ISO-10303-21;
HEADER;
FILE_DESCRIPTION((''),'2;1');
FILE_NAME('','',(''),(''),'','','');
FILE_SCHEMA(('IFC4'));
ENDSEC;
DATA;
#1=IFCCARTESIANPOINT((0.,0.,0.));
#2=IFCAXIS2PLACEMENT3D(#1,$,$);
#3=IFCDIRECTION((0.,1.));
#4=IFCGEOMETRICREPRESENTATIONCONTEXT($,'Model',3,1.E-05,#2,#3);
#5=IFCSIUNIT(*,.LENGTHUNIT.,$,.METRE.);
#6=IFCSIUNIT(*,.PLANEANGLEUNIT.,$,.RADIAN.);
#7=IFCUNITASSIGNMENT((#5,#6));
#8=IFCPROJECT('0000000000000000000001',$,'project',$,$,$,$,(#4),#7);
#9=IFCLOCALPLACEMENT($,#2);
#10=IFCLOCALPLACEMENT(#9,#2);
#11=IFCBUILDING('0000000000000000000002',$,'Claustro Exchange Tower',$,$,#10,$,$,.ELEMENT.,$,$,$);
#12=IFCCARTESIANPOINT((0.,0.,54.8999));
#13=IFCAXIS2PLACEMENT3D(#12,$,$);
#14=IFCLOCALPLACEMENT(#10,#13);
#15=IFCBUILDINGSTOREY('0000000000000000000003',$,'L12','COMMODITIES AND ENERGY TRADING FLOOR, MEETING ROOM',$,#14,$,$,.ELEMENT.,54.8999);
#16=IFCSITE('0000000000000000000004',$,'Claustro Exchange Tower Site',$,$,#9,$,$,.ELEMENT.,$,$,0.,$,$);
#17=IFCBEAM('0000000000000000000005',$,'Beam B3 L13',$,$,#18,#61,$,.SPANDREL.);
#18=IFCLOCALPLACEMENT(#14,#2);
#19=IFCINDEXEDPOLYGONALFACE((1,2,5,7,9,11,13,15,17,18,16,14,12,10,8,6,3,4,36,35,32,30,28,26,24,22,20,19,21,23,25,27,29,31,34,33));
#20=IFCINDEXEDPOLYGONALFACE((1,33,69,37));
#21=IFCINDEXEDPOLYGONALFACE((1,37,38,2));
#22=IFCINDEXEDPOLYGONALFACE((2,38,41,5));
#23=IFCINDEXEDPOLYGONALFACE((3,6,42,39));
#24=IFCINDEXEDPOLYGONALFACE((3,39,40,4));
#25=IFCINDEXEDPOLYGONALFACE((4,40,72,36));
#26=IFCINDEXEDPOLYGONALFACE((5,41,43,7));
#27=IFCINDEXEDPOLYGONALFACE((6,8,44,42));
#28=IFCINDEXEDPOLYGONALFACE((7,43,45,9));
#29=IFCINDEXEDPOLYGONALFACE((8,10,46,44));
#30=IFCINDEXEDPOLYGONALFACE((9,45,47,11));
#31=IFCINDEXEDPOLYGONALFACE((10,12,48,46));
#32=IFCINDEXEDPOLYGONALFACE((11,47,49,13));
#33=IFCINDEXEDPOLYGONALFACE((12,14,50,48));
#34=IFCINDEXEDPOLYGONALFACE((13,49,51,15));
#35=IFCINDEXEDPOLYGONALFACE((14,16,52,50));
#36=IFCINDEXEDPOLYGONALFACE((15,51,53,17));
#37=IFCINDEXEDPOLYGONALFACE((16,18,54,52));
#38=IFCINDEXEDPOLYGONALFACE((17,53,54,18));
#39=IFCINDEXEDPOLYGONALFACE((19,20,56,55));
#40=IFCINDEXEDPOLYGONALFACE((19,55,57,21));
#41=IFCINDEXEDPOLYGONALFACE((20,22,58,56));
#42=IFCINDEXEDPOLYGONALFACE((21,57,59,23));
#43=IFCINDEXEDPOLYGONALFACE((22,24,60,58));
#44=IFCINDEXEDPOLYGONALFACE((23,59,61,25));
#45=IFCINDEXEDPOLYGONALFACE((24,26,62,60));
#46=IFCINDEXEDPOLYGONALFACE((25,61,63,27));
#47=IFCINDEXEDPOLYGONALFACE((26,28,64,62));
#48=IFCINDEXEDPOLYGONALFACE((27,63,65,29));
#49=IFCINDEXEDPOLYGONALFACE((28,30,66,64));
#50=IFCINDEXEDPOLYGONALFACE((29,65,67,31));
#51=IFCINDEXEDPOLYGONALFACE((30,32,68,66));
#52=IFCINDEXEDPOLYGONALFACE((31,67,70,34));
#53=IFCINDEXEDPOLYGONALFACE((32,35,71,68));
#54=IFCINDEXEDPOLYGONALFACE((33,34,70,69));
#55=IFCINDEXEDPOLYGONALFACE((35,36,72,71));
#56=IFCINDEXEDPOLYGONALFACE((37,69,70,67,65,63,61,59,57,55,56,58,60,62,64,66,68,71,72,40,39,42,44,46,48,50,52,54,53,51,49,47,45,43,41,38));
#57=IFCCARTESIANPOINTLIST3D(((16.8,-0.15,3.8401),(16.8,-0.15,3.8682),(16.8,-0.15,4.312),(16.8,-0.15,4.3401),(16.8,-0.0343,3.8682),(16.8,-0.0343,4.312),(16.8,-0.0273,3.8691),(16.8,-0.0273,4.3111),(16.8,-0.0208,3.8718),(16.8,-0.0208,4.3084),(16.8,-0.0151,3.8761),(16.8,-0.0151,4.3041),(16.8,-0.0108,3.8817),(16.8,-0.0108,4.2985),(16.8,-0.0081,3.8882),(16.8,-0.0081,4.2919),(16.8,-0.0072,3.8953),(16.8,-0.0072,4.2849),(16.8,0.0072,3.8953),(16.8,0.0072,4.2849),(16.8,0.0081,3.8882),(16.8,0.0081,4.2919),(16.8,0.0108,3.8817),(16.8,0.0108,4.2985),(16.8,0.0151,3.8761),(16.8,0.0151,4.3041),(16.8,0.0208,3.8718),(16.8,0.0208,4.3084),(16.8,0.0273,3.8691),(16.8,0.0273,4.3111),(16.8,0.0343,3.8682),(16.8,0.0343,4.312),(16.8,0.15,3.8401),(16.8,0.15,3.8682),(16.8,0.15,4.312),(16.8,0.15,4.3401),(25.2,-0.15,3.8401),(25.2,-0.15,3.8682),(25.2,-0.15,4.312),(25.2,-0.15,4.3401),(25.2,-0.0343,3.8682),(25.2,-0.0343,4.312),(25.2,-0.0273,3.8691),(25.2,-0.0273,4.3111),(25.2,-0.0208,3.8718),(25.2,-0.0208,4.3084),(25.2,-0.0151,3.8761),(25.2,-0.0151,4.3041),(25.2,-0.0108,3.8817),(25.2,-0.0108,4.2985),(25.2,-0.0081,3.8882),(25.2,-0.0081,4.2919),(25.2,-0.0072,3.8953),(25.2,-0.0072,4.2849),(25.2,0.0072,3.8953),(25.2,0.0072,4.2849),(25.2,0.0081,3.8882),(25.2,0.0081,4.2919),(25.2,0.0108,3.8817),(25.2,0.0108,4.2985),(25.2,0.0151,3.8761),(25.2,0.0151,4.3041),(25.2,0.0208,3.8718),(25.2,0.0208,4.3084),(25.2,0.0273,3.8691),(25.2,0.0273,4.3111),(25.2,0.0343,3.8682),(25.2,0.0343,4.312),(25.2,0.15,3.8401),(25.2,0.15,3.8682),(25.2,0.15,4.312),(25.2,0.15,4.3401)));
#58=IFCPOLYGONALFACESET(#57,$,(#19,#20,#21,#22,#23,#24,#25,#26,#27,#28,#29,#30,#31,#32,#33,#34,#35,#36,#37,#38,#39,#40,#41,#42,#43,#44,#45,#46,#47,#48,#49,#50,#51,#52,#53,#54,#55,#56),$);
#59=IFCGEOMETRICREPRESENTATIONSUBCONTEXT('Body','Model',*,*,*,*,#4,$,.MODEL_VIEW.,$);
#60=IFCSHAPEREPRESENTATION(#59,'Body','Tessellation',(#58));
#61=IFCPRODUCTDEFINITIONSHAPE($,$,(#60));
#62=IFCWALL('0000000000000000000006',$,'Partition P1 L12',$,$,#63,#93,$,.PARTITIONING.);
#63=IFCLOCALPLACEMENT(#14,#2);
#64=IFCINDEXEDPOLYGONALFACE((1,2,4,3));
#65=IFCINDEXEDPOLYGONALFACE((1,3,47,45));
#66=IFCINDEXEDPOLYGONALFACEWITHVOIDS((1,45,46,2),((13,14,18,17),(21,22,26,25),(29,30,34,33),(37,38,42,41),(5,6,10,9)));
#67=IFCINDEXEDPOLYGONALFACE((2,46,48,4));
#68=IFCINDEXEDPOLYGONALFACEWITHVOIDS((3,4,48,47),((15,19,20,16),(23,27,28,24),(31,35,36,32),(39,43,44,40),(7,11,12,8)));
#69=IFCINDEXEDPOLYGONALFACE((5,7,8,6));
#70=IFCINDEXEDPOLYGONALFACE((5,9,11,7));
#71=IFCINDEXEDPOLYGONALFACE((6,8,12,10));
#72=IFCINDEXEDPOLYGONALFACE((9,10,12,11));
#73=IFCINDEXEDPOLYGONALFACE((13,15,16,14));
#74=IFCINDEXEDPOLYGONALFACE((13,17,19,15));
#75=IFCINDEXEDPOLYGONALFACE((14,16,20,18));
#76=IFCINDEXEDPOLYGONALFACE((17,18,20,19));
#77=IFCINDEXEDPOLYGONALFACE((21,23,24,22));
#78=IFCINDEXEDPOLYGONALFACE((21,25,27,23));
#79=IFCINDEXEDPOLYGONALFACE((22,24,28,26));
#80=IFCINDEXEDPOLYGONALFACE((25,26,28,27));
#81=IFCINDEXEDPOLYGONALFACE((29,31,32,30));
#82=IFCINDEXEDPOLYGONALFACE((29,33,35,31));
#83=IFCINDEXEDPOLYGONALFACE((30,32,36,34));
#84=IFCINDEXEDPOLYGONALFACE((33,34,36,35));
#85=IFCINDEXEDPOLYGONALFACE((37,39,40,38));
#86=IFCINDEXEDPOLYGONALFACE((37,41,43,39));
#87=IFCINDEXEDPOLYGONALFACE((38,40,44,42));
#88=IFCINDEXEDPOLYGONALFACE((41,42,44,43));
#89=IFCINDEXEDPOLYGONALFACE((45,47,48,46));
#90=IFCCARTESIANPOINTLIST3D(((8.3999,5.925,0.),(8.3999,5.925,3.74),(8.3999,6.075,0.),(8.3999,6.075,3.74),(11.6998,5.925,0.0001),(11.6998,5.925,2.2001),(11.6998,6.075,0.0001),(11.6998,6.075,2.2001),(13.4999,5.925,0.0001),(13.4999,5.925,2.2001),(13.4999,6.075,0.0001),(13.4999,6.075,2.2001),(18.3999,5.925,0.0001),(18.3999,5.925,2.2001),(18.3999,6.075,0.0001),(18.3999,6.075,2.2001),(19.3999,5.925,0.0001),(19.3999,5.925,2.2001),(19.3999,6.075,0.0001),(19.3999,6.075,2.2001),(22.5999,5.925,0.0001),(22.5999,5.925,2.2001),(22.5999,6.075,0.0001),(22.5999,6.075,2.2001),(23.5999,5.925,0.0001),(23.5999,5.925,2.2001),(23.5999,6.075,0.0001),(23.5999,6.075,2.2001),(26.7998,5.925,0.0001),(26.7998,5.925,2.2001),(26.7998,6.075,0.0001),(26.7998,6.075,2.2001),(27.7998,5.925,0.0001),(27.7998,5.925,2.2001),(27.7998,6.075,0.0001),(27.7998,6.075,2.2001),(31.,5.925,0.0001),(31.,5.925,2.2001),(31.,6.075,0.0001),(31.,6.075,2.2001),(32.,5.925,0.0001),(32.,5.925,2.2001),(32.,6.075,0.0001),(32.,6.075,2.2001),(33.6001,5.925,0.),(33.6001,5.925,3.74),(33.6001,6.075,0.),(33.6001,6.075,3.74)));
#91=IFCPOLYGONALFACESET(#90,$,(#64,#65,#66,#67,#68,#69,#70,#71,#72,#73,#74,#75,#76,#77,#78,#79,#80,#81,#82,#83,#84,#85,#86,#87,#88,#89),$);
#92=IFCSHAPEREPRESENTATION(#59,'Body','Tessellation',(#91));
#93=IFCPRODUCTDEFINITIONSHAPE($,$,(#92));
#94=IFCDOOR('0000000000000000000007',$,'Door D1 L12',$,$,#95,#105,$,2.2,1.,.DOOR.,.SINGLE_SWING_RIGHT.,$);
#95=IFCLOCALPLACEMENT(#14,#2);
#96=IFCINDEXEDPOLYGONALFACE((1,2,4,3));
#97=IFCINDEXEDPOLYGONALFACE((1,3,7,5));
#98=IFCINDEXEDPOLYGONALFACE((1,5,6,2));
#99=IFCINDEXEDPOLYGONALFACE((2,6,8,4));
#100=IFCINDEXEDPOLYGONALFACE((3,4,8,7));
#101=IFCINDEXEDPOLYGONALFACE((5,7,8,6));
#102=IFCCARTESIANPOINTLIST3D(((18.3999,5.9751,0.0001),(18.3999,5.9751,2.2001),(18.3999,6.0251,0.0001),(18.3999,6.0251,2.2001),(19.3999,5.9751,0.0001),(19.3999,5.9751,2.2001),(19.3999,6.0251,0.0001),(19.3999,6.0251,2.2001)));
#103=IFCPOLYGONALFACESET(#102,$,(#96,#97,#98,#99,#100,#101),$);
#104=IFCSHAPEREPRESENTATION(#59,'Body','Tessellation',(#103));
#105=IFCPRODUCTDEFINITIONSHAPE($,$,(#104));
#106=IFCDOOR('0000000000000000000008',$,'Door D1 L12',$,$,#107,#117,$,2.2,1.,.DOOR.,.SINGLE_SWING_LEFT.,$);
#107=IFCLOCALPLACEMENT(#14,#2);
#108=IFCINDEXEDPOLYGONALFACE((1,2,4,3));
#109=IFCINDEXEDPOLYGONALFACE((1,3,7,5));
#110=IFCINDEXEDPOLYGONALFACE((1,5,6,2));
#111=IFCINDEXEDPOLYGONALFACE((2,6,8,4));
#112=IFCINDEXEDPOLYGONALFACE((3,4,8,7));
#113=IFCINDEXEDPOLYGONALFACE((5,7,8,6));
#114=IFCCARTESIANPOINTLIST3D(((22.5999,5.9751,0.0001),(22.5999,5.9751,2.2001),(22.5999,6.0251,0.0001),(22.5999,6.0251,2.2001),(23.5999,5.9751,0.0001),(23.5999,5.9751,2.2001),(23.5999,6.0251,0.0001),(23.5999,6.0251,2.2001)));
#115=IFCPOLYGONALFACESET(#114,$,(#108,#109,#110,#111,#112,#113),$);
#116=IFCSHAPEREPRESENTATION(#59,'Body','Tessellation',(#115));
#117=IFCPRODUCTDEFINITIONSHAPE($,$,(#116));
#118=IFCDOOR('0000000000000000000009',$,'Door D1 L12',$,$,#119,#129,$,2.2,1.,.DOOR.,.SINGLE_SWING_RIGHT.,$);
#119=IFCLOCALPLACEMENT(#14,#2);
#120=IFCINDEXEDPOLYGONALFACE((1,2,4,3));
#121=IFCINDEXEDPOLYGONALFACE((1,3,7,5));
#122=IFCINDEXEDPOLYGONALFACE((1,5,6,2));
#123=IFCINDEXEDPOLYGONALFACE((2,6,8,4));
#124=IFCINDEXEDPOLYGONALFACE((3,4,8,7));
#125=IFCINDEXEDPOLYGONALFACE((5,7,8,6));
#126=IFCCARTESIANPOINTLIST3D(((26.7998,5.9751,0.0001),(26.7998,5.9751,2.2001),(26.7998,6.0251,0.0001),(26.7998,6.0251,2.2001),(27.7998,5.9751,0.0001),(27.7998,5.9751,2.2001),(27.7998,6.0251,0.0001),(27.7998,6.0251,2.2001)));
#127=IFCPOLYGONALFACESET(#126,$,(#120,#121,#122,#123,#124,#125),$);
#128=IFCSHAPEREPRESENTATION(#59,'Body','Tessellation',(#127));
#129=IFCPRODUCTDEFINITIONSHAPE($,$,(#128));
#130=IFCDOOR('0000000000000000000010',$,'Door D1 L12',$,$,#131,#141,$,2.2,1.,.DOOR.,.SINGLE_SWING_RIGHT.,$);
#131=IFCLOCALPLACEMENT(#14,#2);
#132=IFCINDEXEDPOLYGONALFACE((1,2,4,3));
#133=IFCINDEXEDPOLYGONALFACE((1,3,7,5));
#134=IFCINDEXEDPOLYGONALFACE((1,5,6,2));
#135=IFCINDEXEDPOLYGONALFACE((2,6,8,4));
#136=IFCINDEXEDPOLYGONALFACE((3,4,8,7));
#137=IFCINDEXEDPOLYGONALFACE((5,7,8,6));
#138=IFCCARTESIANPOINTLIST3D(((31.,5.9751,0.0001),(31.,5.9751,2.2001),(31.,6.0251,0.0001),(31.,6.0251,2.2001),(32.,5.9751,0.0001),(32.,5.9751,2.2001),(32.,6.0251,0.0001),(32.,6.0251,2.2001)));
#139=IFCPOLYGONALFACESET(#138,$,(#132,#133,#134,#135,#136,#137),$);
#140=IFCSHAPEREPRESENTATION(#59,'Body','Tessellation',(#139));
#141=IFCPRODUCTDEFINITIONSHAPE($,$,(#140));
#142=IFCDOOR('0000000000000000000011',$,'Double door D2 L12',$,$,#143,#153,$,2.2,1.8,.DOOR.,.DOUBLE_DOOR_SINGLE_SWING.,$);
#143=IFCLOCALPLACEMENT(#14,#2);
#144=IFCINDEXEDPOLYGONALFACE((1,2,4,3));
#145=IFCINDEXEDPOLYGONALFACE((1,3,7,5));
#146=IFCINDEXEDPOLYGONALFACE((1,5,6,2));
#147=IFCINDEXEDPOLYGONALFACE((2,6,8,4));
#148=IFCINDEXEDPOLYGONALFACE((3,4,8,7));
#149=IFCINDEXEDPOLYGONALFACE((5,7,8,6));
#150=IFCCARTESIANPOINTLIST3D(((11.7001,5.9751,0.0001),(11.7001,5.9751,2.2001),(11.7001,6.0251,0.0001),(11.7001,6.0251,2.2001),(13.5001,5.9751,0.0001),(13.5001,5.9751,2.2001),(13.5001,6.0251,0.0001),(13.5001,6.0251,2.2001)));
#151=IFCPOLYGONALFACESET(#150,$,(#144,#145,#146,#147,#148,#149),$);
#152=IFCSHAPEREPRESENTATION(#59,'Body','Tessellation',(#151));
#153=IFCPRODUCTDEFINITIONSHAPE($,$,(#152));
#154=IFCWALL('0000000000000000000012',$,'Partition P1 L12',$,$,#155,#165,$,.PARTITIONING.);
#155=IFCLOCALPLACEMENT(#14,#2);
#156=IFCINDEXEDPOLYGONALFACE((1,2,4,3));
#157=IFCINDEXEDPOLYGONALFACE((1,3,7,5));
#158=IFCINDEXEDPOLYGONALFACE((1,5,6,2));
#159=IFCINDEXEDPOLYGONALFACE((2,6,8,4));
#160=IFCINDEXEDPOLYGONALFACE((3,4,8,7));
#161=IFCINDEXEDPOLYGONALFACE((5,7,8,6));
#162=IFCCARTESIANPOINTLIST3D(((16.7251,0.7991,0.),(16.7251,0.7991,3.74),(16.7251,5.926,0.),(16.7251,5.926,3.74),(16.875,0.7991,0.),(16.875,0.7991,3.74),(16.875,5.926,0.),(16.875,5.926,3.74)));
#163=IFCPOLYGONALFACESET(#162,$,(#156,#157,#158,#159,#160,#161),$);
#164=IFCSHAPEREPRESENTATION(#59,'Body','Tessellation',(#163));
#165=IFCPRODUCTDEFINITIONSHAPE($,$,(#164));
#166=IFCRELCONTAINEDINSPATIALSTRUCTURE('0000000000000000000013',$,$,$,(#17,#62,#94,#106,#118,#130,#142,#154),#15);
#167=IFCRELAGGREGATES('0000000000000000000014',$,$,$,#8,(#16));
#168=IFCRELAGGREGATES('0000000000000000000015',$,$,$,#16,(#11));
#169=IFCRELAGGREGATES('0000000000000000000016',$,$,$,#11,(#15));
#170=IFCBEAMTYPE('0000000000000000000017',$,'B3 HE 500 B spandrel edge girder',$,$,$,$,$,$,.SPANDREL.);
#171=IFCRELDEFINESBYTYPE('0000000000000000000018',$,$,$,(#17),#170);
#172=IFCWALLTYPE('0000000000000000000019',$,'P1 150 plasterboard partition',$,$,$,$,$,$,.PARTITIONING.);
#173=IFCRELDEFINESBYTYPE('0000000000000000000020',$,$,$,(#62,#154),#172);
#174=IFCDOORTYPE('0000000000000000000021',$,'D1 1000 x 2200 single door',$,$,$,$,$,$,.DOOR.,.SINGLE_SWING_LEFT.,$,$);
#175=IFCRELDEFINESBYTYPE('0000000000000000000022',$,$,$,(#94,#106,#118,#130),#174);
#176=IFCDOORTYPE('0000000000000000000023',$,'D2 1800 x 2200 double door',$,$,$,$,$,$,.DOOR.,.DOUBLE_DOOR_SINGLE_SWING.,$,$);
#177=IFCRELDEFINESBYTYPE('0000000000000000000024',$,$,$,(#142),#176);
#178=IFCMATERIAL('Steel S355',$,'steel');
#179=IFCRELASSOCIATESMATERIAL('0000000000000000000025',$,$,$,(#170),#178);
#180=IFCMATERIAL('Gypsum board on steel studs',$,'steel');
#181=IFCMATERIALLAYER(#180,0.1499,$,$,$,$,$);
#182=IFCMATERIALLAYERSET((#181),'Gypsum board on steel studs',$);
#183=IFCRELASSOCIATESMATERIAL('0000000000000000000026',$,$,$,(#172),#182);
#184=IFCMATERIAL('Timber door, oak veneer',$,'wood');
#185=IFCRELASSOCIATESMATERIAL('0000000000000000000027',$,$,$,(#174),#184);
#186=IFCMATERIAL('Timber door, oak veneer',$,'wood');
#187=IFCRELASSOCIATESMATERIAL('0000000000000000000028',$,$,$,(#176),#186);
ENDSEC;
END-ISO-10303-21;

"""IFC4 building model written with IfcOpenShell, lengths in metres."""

from ifc_helpers import new_model, si_unit, direction, frame, frame_2d, origin, origin_2d, place, context, subcontext, project, spatial, rectangle, i_section, extrude, material, layer, layer_set, material_profile, profile_set, type_object, element, fill, save


model = new_model("IFC4")

# Units and contexts
model_context = context("Model", 3, precision=1e-05, world=origin(), true_north=direction((0.0, 1.0)))
body_context = subcontext(model_context, "Body", "Model", "MODEL_VIEW")
ifc_project = project(units=[si_unit("LENGTHUNIT", "METRE"), si_unit("PLANEANGLEUNIT", "RADIAN")], contexts=[model_context])

# Site, building, storey
site_placement = place(None, origin())
site = spatial("IfcSite", under=ifc_project, at=site_placement, Name="Claustro Exchange Tower Site", CompositionType="ELEMENT", RefElevation=0.0)
building_placement = place(site_placement, origin())
building = spatial("IfcBuilding", under=site, at=building_placement, Name="Claustro Exchange Tower", CompositionType="ELEMENT")
storey_placement = place(building_placement, frame((0.0, 0.0, 54.8999)))
storey = spatial("IfcBuildingStorey", under=building, at=storey_placement, Name="L12", Description="COMMODITIES AND ENERGY TRADING FLOOR, MEETING ROOM", CompositionType="ELEMENT", Elevation=54.8999)

# Beam
ifc_material_1 = material(Name="Steel S355", Category="steel")
ifc_material_profile_1 = material_profile(ifc_material_1, i_section(OverallWidth=0.3, OverallDepth=0.5, WebThickness=0.0144, FlangeThickness=0.0281, FilletRadius=0.0271, at=origin_2d()), Name="HE 500 B")
ifc_profile_set_1 = profile_set([ifc_material_profile_1], Name="Steel S355")
beam_type_1 = type_object("IfcBeamType", Name="B3 HE 500 B spandrel edge girder", PredefinedType="SPANDREL", material=ifc_profile_set_1)
beam_1_placement = place(storey_placement, frame((16.8, 0.0, 4.0901), z_axis=(1.0, 0.0, 0.0), x_axis=(0.0, 1.0, 0.0)))
element("IfcBeam", 1, at=beam_1_placement, inside=storey, type_object=beam_type_1, Name="Beam B3 L13", PredefinedType="SPANDREL", context=body_context, shape_type="SweptSolid", body=[
    extrude(i_section(OverallWidth=0.3, OverallDepth=0.5, WebThickness=0.0144, FlangeThickness=0.0281, FilletRadius=0.0271, at=origin_2d()), origin(), (0.0, 0.0, 1.0), 8.3999),
])

# Wall, openings, doors
ifc_material_2 = material(Name="Gypsum board on steel studs", Category="steel")
ifc_layer_1 = layer(ifc_material_2, 0.1499)
ifc_layer_set_1 = layer_set([ifc_layer_1], Name="Gypsum board on steel studs")
wall_type_1 = type_object("IfcWallType", Name="P1 150 plasterboard partition", PredefinedType="PARTITIONING", material=ifc_layer_set_1)
wall_1_placement = place(storey_placement, frame((8.3999, 6.0, 0.0), z_axis=(0.0, 0.0, 1.0), x_axis=(1.0, 0.0, 0.0)))
wall_1 = element("IfcWall", 2, at=wall_1_placement, inside=storey, type_object=wall_type_1, Name="Partition P1 L12", PredefinedType="PARTITIONING", context=body_context, shape_type="SweptSolid", body=[
    extrude(rectangle(XDim=25.2002, YDim=0.1499, at=frame_2d((12.6001, 0.0))), origin(), (0.0, 0.0, 1.0), 3.74),
])
opening_1_placement = place(wall_1_placement, frame((3.3, 0.0, 0.0)))
opening_1 = element("IfcOpeningElement", 3, at=opening_1_placement, cuts=wall_1, PredefinedType="OPENING", context=body_context, shape_type="SweptSolid", body=[
    extrude(rectangle(XDim=1.8, YDim=2.2, at=frame_2d((0.8999, 1.1001))), frame((0.0, 0.085, 0.0), z_axis=(0.0, -1.0, 0.0), x_axis=(1.0, 0.0, 0.0)), (0.0, 0.0, 1.0), 0.1699),
])
opening_2_placement = place(wall_1_placement, frame((10.0, 0.0, 0.0)))
opening_2 = element("IfcOpeningElement", 4, at=opening_2_placement, cuts=wall_1, PredefinedType="OPENING", context=body_context, shape_type="SweptSolid", body=[
    extrude(rectangle(XDim=1.0, YDim=2.2, at=frame_2d((0.5, 1.1001))), frame((0.0, 0.085, 0.0), z_axis=(0.0, -1.0, 0.0), x_axis=(1.0, 0.0, 0.0)), (0.0, 0.0, 1.0), 0.1699),
])
opening_3_placement = place(wall_1_placement, frame((14.2, 0.0, 0.0)))
opening_3 = element("IfcOpeningElement", 5, at=opening_3_placement, cuts=wall_1, PredefinedType="OPENING", context=body_context, shape_type="SweptSolid", body=[
    extrude(rectangle(XDim=1.0, YDim=2.2, at=frame_2d((0.5, 1.1001))), frame((0.0, 0.085, 0.0), z_axis=(0.0, -1.0, 0.0), x_axis=(1.0, 0.0, 0.0)), (0.0, 0.0, 1.0), 0.1699),
])
opening_4_placement = place(wall_1_placement, frame((18.3999, 0.0, 0.0)))
opening_4 = element("IfcOpeningElement", 6, at=opening_4_placement, cuts=wall_1, PredefinedType="OPENING", context=body_context, shape_type="SweptSolid", body=[
    extrude(rectangle(XDim=1.0, YDim=2.2, at=frame_2d((0.5, 1.1001))), frame((0.0, 0.085, 0.0), z_axis=(0.0, -1.0, 0.0), x_axis=(1.0, 0.0, 0.0)), (0.0, 0.0, 1.0), 0.1699),
])
opening_5_placement = place(wall_1_placement, frame((22.6001, 0.0, 0.0)))
opening_5 = element("IfcOpeningElement", 7, at=opening_5_placement, cuts=wall_1, PredefinedType="OPENING", context=body_context, shape_type="SweptSolid", body=[
    extrude(rectangle(XDim=1.0, YDim=2.2, at=frame_2d((0.5, 1.1001))), frame((0.0, 0.085, 0.0), z_axis=(0.0, -1.0, 0.0), x_axis=(1.0, 0.0, 0.0)), (0.0, 0.0, 1.0), 0.1699),
])
ifc_material_3 = material(Name="Timber door, oak veneer", Category="wood")
door_type_1 = type_object("IfcDoorType", Name="D1 1000 x 2200 single door", OperationType="SINGLE_SWING_LEFT", PredefinedType="DOOR", material=ifc_material_3)
door_1_placement = place(opening_2_placement, frame((1.0, 0.0, 0.0), z_axis=(0.0, 0.0, 1.0), x_axis=(-1.0, 0.0, 0.0)))
door_1 = element("IfcDoor", 8, at=door_1_placement, inside=storey, type_object=door_type_1, Name="Door D1 L12", OperationType="SINGLE_SWING_RIGHT", OverallHeight=2.2, OverallWidth=1.0, PredefinedType="DOOR", context=body_context, shape_type="SweptSolid", body=[
    extrude(rectangle(XDim=1.0, YDim=2.2, at=frame_2d((0.5, 1.1001))), frame((0.0, 0.0249, 0.0), z_axis=(0.0, -1.0, 0.0), x_axis=(1.0, 0.0, 0.0)), (0.0, 0.0, 1.0), 0.05),
])
fill(opening_2, door_1)
door_2_placement = place(opening_3_placement, frame((1.0, 0.0, 0.0), z_axis=(0.0, 0.0, 1.0), x_axis=(-1.0, 0.0, 0.0)))
door_2 = element("IfcDoor", 9, at=door_2_placement, inside=storey, type_object=door_type_1, Name="Door D1 L12", OperationType="SINGLE_SWING_LEFT", OverallHeight=2.2, OverallWidth=1.0, PredefinedType="DOOR", context=body_context, shape_type="SweptSolid", body=[
    extrude(rectangle(XDim=1.0, YDim=2.2, at=frame_2d((0.5, 1.1001))), frame((0.0, 0.0249, 0.0), z_axis=(0.0, -1.0, 0.0), x_axis=(1.0, 0.0, 0.0)), (0.0, 0.0, 1.0), 0.05),
])
fill(opening_3, door_2)
door_3_placement = place(opening_4_placement, frame((1.0, 0.0, 0.0), z_axis=(0.0, 0.0, 1.0), x_axis=(-1.0, 0.0, 0.0)))
door_3 = element("IfcDoor", 10, at=door_3_placement, inside=storey, type_object=door_type_1, Name="Door D1 L12", OperationType="SINGLE_SWING_RIGHT", OverallHeight=2.2, OverallWidth=1.0, PredefinedType="DOOR", context=body_context, shape_type="SweptSolid", body=[
    extrude(rectangle(XDim=1.0, YDim=2.2, at=frame_2d((0.5, 1.1001))), frame((0.0, 0.0249, 0.0), z_axis=(0.0, -1.0, 0.0), x_axis=(1.0, 0.0, 0.0)), (0.0, 0.0, 1.0), 0.05),
])
fill(opening_4, door_3)
door_4_placement = place(opening_5_placement, frame((1.0, 0.0, 0.0), z_axis=(0.0, 0.0, 1.0), x_axis=(-1.0, 0.0, 0.0)))
door_4 = element("IfcDoor", 11, at=door_4_placement, inside=storey, type_object=door_type_1, Name="Door D1 L12", OperationType="SINGLE_SWING_RIGHT", OverallHeight=2.2, OverallWidth=1.0, PredefinedType="DOOR", context=body_context, shape_type="SweptSolid", body=[
    extrude(rectangle(XDim=1.0, YDim=2.2, at=frame_2d((0.5, 1.1001))), frame((0.0, 0.0249, 0.0), z_axis=(0.0, -1.0, 0.0), x_axis=(1.0, 0.0, 0.0)), (0.0, 0.0, 1.0), 0.05),
])
fill(opening_5, door_4)
ifc_material_4 = material(Name="Timber door, oak veneer", Category="wood")
door_type_2 = type_object("IfcDoorType", Name="D2 1800 x 2200 double door", OperationType="DOUBLE_DOOR_SINGLE_SWING", PredefinedType="DOOR", material=ifc_material_4)
door_5_placement = place(opening_1_placement, frame((1.8, 0.0, 0.0), z_axis=(0.0, 0.0, 1.0), x_axis=(-1.0, 0.0, 0.0)))
door_5 = element("IfcDoor", 12, at=door_5_placement, inside=storey, type_object=door_type_2, Name="Double door D2 L12", OperationType="DOUBLE_DOOR_SINGLE_SWING", OverallHeight=2.2, OverallWidth=1.8, PredefinedType="DOOR", context=body_context, shape_type="SweptSolid", body=[
    extrude(rectangle(XDim=1.8, YDim=2.2, at=frame_2d((0.8999, 1.1001))), frame((0.0, 0.0249, 0.0), z_axis=(0.0, -1.0, 0.0), x_axis=(1.0, 0.0, 0.0)), (0.0, 0.0, 1.0), 0.05),
])
fill(opening_1, door_5)

# Wall
wall_2_placement = place(storey_placement, frame((16.8, 0.7991, 0.0), z_axis=(0.0, 0.0, 1.0), x_axis=(0.0, 1.0, 0.0)))
element("IfcWall", 13, at=wall_2_placement, inside=storey, type_object=wall_type_1, Name="Partition P1 L12", PredefinedType="PARTITIONING", context=body_context, shape_type="SweptSolid", body=[
    extrude(rectangle(XDim=5.127, YDim=0.1499, at=frame_2d((2.5635, 0.0))), origin(), (0.0, 0.0, 1.0), 3.74),
])

save(model, "model.ifc")
